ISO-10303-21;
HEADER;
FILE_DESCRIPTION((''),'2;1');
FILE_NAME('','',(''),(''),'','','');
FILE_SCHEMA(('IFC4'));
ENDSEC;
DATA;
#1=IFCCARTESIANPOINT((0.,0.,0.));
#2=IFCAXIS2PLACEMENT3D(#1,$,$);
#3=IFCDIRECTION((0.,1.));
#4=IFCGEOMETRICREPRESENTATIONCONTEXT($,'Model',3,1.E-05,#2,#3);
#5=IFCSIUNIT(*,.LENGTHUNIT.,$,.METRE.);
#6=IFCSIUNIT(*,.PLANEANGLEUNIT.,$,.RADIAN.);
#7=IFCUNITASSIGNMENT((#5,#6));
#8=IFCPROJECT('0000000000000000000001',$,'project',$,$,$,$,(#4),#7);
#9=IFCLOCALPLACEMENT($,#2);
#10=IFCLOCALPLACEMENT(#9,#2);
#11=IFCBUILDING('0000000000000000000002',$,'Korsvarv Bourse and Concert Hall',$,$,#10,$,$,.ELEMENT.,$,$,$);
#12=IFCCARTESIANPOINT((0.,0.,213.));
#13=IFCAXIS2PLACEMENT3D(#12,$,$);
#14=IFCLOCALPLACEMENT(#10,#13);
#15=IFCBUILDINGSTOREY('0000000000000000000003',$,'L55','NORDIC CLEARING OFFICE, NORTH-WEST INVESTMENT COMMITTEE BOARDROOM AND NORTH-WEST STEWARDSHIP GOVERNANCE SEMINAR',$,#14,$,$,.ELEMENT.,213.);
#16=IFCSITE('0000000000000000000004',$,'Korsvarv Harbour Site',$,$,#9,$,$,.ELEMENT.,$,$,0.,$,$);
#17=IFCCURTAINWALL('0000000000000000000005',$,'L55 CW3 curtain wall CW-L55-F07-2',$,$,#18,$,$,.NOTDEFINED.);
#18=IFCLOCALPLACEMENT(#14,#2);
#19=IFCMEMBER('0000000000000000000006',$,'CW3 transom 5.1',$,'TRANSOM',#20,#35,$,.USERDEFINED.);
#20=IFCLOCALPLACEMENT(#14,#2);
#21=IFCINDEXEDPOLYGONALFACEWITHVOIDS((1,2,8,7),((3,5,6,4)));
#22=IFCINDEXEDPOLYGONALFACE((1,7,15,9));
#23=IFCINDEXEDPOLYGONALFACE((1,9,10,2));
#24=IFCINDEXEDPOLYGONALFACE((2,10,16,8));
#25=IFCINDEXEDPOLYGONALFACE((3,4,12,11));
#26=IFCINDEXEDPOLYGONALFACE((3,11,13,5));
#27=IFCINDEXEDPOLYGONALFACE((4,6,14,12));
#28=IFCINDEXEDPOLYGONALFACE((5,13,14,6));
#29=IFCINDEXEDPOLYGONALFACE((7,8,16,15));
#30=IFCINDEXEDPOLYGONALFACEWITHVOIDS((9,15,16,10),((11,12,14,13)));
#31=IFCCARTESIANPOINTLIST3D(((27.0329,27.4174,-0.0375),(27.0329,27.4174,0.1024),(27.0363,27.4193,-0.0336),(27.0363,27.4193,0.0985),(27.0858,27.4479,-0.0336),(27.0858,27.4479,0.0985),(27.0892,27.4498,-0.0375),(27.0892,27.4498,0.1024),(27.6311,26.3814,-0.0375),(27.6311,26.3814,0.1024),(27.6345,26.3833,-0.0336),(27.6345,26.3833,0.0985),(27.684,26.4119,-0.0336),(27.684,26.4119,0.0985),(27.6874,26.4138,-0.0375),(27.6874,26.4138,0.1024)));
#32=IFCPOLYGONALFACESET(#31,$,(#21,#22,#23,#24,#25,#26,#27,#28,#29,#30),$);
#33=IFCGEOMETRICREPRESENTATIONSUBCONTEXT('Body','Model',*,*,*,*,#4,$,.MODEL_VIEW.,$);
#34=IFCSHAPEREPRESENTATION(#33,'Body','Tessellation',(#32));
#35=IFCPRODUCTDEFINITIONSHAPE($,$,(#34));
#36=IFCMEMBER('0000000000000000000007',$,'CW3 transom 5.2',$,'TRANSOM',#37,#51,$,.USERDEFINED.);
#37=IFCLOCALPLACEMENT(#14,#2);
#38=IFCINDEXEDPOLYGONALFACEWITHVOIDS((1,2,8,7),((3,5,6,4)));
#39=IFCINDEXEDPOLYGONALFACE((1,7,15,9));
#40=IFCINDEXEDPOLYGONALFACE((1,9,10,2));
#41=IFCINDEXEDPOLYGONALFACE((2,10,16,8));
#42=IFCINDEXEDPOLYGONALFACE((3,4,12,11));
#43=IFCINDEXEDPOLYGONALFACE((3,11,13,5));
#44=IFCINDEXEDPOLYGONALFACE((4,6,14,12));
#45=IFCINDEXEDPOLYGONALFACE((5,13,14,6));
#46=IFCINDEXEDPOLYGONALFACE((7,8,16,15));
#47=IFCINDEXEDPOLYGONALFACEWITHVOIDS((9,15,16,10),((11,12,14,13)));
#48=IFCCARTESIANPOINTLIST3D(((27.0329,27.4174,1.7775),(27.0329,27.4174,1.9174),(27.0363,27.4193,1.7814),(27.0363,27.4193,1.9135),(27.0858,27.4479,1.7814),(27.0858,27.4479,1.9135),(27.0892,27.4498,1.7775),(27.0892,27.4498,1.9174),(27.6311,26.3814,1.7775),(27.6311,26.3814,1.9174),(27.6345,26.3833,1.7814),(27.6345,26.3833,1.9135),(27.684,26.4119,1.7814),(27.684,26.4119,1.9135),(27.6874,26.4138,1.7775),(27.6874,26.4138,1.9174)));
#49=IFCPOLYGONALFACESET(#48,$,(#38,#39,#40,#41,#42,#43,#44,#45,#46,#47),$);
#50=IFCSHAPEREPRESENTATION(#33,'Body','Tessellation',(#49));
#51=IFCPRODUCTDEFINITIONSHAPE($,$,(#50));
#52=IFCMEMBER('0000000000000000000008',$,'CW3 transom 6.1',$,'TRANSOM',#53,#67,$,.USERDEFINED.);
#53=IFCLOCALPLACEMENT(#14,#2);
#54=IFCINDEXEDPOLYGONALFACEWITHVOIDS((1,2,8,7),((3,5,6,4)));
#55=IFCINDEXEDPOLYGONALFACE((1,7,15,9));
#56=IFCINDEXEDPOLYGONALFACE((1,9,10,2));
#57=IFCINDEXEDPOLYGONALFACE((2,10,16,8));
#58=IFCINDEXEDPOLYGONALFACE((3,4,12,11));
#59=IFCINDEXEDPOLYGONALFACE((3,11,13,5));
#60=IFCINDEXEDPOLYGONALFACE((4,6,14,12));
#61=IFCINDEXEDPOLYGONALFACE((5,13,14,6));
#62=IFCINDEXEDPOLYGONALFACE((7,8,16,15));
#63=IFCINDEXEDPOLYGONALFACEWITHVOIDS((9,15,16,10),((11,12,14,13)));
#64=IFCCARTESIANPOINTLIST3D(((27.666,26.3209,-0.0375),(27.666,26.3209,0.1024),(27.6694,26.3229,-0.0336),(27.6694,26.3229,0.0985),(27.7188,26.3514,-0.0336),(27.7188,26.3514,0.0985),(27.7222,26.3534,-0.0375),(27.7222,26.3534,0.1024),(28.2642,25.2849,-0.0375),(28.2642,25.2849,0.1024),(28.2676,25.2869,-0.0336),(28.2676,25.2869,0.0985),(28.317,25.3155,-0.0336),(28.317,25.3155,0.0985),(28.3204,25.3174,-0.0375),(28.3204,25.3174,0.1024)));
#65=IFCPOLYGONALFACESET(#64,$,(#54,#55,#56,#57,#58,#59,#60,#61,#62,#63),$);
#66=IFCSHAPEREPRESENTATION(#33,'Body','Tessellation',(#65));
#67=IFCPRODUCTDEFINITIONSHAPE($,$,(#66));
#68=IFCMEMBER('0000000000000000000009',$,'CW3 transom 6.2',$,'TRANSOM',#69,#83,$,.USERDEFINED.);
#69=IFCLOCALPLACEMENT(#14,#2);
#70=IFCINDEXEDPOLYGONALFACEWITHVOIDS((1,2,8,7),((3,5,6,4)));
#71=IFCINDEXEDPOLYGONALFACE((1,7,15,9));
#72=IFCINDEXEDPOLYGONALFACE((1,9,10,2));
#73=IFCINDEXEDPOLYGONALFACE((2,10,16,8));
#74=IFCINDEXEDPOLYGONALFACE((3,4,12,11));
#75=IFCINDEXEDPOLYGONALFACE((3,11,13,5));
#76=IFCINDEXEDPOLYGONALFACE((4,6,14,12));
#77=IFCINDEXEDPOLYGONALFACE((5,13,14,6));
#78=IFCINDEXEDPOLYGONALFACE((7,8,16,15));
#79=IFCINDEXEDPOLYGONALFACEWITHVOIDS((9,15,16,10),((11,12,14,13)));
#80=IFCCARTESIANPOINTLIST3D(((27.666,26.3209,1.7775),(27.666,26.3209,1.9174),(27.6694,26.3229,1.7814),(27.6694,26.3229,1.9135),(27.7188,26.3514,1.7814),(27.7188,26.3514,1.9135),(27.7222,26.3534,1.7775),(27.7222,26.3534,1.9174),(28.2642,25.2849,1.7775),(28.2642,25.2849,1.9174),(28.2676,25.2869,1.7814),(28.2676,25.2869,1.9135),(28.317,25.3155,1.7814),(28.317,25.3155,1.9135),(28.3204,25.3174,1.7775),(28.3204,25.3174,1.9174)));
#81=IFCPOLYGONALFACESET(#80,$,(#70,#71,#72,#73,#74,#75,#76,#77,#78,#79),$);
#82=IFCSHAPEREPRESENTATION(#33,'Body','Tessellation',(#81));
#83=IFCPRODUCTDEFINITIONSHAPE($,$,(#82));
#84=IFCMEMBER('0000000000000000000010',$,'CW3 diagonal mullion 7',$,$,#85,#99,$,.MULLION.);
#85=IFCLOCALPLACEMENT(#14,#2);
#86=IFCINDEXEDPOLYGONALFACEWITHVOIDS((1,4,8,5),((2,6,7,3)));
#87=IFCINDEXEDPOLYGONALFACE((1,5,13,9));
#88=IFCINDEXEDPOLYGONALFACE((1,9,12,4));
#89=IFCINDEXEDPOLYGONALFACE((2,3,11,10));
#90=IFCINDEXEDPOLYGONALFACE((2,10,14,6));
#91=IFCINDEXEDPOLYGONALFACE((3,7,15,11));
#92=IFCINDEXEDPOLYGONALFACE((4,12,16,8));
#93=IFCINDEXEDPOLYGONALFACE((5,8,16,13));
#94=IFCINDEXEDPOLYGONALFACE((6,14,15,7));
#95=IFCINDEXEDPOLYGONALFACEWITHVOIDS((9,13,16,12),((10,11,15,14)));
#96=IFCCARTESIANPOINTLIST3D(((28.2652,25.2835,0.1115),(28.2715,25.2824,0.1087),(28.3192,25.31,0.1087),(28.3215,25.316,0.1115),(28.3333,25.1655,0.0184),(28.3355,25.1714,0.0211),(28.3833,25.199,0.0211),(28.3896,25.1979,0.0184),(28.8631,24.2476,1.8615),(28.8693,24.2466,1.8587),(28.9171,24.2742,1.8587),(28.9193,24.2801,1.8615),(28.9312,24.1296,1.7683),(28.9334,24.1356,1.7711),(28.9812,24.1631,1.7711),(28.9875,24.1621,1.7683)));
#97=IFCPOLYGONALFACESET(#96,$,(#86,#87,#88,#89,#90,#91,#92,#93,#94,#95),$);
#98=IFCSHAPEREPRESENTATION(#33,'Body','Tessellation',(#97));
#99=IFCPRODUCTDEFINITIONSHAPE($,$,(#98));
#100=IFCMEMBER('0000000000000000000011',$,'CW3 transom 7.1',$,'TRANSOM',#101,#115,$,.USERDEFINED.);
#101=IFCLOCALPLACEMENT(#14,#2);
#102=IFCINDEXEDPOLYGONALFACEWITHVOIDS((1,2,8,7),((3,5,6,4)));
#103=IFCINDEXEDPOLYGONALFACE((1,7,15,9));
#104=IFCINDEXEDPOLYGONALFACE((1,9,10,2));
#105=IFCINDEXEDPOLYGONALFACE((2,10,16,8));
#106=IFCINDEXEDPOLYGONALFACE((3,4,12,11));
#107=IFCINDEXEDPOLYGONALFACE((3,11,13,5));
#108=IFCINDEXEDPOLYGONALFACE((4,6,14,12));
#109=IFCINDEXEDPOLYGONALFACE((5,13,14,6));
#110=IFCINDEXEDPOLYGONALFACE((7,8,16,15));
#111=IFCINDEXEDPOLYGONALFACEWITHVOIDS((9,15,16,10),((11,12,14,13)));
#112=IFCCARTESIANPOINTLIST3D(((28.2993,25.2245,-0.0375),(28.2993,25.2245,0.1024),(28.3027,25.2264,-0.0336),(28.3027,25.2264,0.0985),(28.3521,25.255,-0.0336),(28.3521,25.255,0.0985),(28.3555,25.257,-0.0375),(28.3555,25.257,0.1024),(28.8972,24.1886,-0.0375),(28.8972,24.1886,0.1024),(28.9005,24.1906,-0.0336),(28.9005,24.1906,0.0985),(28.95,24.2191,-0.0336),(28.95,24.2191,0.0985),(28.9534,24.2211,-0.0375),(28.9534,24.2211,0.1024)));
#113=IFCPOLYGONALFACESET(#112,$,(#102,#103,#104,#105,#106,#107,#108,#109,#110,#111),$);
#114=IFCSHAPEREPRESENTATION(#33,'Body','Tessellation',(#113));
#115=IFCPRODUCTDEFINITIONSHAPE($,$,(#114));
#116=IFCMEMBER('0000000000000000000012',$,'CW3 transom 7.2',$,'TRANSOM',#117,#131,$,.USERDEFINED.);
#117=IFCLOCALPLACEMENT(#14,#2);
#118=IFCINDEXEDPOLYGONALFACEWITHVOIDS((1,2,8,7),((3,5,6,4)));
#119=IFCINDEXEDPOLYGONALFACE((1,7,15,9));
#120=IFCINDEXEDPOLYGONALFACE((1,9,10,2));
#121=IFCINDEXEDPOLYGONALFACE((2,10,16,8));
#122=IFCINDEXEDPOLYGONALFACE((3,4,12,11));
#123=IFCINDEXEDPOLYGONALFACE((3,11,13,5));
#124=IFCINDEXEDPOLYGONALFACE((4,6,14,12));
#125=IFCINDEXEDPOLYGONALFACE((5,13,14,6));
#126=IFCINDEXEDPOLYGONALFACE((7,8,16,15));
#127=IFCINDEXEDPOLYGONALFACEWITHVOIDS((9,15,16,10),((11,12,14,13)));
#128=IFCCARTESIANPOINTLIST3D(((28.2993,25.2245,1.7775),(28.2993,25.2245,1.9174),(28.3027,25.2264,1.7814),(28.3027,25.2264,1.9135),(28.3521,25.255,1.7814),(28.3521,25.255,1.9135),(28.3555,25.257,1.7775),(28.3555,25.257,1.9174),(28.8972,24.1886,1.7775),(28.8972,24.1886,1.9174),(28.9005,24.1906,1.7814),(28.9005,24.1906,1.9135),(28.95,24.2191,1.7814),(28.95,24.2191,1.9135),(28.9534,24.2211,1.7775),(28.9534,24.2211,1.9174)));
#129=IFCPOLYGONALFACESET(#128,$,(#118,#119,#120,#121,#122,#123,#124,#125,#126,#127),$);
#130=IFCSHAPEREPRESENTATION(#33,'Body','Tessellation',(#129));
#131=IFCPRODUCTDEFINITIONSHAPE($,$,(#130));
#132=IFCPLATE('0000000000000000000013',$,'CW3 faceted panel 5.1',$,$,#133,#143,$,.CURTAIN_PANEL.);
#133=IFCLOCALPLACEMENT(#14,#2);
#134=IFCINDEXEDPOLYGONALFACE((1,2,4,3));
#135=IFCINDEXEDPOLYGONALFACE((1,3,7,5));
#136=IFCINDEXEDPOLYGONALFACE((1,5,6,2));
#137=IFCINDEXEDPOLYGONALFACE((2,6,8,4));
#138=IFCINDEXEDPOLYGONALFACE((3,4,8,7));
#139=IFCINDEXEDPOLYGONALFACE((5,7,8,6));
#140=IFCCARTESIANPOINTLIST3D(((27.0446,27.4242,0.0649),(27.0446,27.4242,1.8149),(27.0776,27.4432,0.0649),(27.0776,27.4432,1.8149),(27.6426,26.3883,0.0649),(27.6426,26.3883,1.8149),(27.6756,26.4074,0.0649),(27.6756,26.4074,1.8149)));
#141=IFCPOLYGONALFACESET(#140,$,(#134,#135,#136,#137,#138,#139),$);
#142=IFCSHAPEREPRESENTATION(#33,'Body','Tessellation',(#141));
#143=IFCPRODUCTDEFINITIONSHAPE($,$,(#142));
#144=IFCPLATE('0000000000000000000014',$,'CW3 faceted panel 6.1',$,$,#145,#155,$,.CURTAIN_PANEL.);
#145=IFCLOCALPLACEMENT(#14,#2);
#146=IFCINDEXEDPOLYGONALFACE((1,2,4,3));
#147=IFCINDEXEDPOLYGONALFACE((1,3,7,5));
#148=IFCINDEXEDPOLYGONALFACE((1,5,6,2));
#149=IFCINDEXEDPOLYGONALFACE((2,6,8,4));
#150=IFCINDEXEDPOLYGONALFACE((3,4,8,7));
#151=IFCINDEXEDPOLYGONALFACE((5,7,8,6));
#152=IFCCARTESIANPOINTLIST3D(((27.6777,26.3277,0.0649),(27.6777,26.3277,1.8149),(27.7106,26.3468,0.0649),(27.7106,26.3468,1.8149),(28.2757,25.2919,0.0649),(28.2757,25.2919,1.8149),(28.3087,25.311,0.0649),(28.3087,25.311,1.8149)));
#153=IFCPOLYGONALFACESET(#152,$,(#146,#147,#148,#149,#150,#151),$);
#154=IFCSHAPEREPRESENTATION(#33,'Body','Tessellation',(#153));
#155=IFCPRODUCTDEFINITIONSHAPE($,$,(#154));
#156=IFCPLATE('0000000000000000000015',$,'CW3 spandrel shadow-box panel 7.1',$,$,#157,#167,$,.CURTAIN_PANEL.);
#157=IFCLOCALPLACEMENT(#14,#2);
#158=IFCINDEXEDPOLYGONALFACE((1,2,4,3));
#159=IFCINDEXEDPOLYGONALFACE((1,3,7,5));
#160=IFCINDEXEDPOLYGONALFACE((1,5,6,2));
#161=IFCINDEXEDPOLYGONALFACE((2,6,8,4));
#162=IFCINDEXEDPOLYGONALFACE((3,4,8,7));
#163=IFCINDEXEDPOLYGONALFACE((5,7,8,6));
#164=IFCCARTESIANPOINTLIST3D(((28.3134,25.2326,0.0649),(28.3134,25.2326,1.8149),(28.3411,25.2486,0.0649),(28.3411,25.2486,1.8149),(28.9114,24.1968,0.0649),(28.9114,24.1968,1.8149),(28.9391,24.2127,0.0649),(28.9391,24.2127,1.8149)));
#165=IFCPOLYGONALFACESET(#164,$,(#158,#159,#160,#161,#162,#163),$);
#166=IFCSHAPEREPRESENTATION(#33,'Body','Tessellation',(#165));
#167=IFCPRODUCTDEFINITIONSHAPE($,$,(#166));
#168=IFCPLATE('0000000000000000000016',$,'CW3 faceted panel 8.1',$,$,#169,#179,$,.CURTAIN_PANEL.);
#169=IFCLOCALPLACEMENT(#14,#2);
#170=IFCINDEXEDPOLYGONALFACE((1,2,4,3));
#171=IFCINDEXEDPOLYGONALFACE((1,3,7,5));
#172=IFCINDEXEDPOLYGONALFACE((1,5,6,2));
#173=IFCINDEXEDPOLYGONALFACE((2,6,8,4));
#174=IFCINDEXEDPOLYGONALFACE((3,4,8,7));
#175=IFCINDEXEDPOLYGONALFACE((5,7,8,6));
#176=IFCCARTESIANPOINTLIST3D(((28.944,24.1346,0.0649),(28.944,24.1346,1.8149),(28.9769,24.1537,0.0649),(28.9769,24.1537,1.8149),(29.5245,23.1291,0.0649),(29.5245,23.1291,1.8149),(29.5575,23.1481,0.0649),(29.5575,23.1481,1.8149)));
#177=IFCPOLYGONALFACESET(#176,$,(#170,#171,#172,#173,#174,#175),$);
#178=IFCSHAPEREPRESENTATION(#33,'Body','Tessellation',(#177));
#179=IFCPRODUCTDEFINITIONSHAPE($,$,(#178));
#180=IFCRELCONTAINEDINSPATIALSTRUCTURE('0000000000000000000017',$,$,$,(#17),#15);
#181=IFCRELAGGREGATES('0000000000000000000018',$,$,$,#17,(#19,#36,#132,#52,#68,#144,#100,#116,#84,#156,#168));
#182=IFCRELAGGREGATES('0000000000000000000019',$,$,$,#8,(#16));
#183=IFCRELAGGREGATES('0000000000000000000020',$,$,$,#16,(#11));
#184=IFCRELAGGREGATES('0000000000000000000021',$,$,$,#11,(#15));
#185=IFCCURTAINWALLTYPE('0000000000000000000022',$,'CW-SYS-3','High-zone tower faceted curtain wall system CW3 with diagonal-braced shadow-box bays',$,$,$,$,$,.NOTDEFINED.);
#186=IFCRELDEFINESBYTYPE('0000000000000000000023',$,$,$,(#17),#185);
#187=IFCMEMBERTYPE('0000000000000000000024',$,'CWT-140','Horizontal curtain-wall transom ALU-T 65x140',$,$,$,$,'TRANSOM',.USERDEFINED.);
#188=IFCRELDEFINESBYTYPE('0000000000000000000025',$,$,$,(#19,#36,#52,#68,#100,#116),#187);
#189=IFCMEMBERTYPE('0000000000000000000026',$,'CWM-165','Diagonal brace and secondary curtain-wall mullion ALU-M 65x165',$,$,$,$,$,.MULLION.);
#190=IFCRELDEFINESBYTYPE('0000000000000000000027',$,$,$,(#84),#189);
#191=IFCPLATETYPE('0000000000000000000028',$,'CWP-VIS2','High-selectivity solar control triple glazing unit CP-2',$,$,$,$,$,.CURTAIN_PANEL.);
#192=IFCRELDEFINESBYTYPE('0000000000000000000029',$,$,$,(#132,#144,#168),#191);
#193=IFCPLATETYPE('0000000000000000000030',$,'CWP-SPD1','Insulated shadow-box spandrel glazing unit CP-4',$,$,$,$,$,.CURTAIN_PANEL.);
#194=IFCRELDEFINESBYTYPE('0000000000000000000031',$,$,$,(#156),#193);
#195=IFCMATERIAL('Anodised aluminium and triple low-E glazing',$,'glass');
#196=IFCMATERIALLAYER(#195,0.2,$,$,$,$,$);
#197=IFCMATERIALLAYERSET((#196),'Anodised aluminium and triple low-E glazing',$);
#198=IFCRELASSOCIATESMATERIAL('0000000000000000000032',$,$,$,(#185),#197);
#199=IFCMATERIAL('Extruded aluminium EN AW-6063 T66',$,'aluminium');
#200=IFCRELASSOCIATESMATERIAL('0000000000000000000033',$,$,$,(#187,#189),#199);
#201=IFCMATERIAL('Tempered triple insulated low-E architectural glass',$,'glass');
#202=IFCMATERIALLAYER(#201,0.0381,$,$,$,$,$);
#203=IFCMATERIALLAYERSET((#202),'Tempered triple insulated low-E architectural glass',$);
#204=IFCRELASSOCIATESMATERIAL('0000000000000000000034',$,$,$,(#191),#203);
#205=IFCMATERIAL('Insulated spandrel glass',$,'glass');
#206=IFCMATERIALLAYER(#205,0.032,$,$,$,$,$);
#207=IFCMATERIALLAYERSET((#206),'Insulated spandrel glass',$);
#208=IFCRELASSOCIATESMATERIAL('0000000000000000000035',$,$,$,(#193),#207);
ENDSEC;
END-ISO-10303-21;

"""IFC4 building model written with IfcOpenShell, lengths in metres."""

from ifc_helpers import new_model, si_unit, direction, frame, origin, origin_2d, place, context, subcontext, project, spatial, rectangle, hollow_rectangle, extrude, source, transform, mapped, material, layer, layer_set, material_profile, profile_set, type_object, element, aggregate, save


model = new_model("IFC4")

# Units and contexts
model_context = context("Model", 3, precision=1e-05, world=origin(), true_north=direction((0.0, 1.0)))
body_context = subcontext(model_context, "Body", "Model", "MODEL_VIEW")
ifc_project = project(units=[si_unit("LENGTHUNIT", "METRE"), si_unit("PLANEANGLEUNIT", "RADIAN")], contexts=[model_context])

# Site, building, storey
site_placement = place(None, origin())
site = spatial("IfcSite", under=ifc_project, at=site_placement, Name="Korsvarv Harbour Site", CompositionType="ELEMENT", RefElevation=0.0)
building_placement = place(site_placement, origin())
building = spatial("IfcBuilding", under=site, at=building_placement, Name="Korsvarv Bourse and Concert Hall", CompositionType="ELEMENT")
storey_placement = place(building_placement, frame((0.0, 0.0, 213.0)))
storey = spatial("IfcBuildingStorey", under=building, at=storey_placement, Name="L55", Description="NORDIC CLEARING OFFICE, NORTH-WEST INVESTMENT COMMITTEE BOARDROOM AND NORTH-WEST STEWARDSHIP GOVERNANCE SEMINAR", CompositionType="ELEMENT", Elevation=213.0)

# Curtain wall, members, plates
ifc_material_1 = material(Name="Anodised aluminium and triple low-E glazing", Category="glass")
ifc_layer_1 = layer(ifc_material_1, 0.2)
ifc_layer_set_1 = layer_set([ifc_layer_1], Name="Anodised aluminium and triple low-E glazing")
curtain_wall_type = type_object("IfcCurtainWallType", Name="CW-SYS-3", Description="High-zone tower faceted curtain wall system CW3 with diagonal-braced shadow-box bays", PredefinedType="NOTDEFINED", material=ifc_layer_set_1)
curtain_wall_placement = place(storey_placement, origin())
curtain_wall = element("IfcCurtainWall", 1, at=curtain_wall_placement, inside=storey, type_object=curtain_wall_type, Name="L55 CW3 curtain wall CW-L55-F07-2", PredefinedType="NOTDEFINED")
ifc_material_2 = material(Name="Extruded aluminium EN AW-6063 T66", Category="aluminium")
ifc_material_profile_1 = material_profile(ifc_material_2, hollow_rectangle(XDim=0.0649, YDim=0.1399, WallThickness=0.0039, at=origin_2d()), Name="ALU-T 65x140")
ifc_profile_set_1 = profile_set([ifc_material_profile_1], Name="Extruded aluminium EN AW-6063 T66")
member_type_1 = type_object("IfcMemberType", Name="CWT-140", Description="Horizontal curtain-wall transom ALU-T 65x140", ElementType="TRANSOM", PredefinedType="USERDEFINED", material=ifc_profile_set_1)
shared_shape_1 = source(origin(), body_context, "Body", "SweptSolid", [
    extrude(hollow_rectangle(XDim=0.0649, YDim=0.1399, WallThickness=0.0039, at=origin_2d()), origin(), (0.0, 0.0, 1.0), 1.1963),
])
member_1_placement = place(storey_placement, frame((27.061, 27.4336, 0.0325), z_axis=(0.500046, -0.865999, 0.0), x_axis=(0.865999, 0.500046, 0.0)))
member_1 = element("IfcMember", 2, at=member_1_placement, type_object=member_type_1, Name="CW3 transom 5.1", ObjectType="TRANSOM", PredefinedType="USERDEFINED", context=body_context, shape_type="MappedRepresentation", body=[
    mapped(shared_shape_1, transform((0.0, 0.0, 0.0), scale=1.0)),
])
member_2_placement = place(storey_placement, frame((27.061, 27.4336, 1.8474), z_axis=(0.500046, -0.865999, 0.0), x_axis=(0.865999, 0.500046, 0.0)))
member_2 = element("IfcMember", 3, at=member_2_placement, type_object=member_type_1, Name="CW3 transom 5.2", ObjectType="TRANSOM", PredefinedType="USERDEFINED", context=body_context, shape_type="MappedRepresentation", body=[
    mapped(shared_shape_1, transform((0.0, 0.0, 0.0), scale=1.0)),
])
member_3_placement = place(storey_placement, frame((27.6941, 26.3372, 0.0325), z_axis=(0.500046, -0.865999, 0.0), x_axis=(0.865999, 0.500046, 0.0)))
member_3 = element("IfcMember", 4, at=member_3_placement, type_object=member_type_1, Name="CW3 transom 6.1", ObjectType="TRANSOM", PredefinedType="USERDEFINED", context=body_context, shape_type="MappedRepresentation", body=[
    mapped(shared_shape_1, transform((0.0, 0.0, 0.0), scale=1.0)),
])
member_4_placement = place(storey_placement, frame((27.6941, 26.3372, 1.8474), z_axis=(0.500046, -0.865999, 0.0), x_axis=(0.865999, 0.500046, 0.0)))
member_4 = element("IfcMember", 5, at=member_4_placement, type_object=member_type_1, Name="CW3 transom 6.2", ObjectType="TRANSOM", PredefinedType="USERDEFINED", context=body_context, shape_type="MappedRepresentation", body=[
    mapped(shared_shape_1, transform((0.0, 0.0, 0.0), scale=1.0)),
])
ifc_material_profile_2 = material_profile(ifc_material_2, hollow_rectangle(XDim=0.0649, YDim=0.165, WallThickness=0.0049, at=origin_2d()), Name="ALU-M 65x165")
ifc_profile_set_2 = profile_set([ifc_material_profile_2], Name="Extruded aluminium EN AW-6063 T66")
member_type_2 = type_object("IfcMemberType", Name="CWM-165", Description="Diagonal brace and secondary curtain-wall mullion ALU-M 65x165", PredefinedType="MULLION", material=ifc_profile_set_2)
shared_shape_2 = source(origin(), body_context, "Body", "SweptSolid", [
    extrude(hollow_rectangle(XDim=0.0649, YDim=0.165, WallThickness=0.0049, at=origin_2d()), origin(), (0.0, 0.0, 1.0), 2.1196),
])
member_5_placement = place(storey_placement, frame((28.3274, 25.2407, 0.0649), z_axis=(0.282071, -0.4887, 0.825596), x_axis=(0.866087, 0.499893, 0.0)))
member_5 = element("IfcMember", 6, at=member_5_placement, type_object=member_type_2, Name="CW3 diagonal mullion 7", PredefinedType="MULLION", context=body_context, shape_type="MappedRepresentation", body=[
    mapped(shared_shape_2, transform((0.0, 0.0, 0.0), scale=1.0)),
])
shared_shape_3 = source(origin(), body_context, "Body", "SweptSolid", [
    extrude(hollow_rectangle(XDim=0.0649, YDim=0.1399, WallThickness=0.0039, at=origin_2d()), origin(), (0.0, 0.0, 1.0), 1.196),
])
member_6_placement = place(storey_placement, frame((28.3274, 25.2407, 0.0325), z_axis=(0.499893, -0.866087, 0.0), x_axis=(0.866087, 0.499893, 0.0)))
member_6 = element("IfcMember", 7, at=member_6_placement, type_object=member_type_1, Name="CW3 transom 7.1", ObjectType="TRANSOM", PredefinedType="USERDEFINED", context=body_context, shape_type="MappedRepresentation", body=[
    mapped(shared_shape_3, transform((0.0, 0.0, 0.0), scale=1.0)),
])
member_7_placement = place(storey_placement, frame((28.3274, 25.2407, 1.8474), z_axis=(0.499893, -0.866087, 0.0), x_axis=(0.866087, 0.499893, 0.0)))
member_7 = element("IfcMember", 8, at=member_7_placement, type_object=member_type_1, Name="CW3 transom 7.2", ObjectType="TRANSOM", PredefinedType="USERDEFINED", context=body_context, shape_type="MappedRepresentation", body=[
    mapped(shared_shape_3, transform((0.0, 0.0, 0.0), scale=1.0)),
])
ifc_material_3 = material(Name="Tempered triple insulated low-E architectural glass", Category="glass")
ifc_layer_2 = layer(ifc_material_3, 0.0381)
ifc_layer_set_2 = layer_set([ifc_layer_2], Name="Tempered triple insulated low-E architectural glass")
plate_type_1 = type_object("IfcPlateType", Name="CWP-VIS2", Description="High-selectivity solar control triple glazing unit CP-2", PredefinedType="CURTAIN_PANEL", material=ifc_layer_set_2)
shared_shape_4 = source(origin(), body_context, "Body", "SweptSolid", [
    extrude(rectangle(XDim=1.196, YDim=0.0381, at=origin_2d()), origin(), (0.0, 0.0, 1.0), 1.75),
])
plate_1_placement = place(storey_placement, frame((27.3601, 26.9158, 0.0649), z_axis=(0.0, 0.0, 1.0), x_axis=(0.499999, -0.866026, 0.0)))
plate_1 = element("IfcPlate", 9, at=plate_1_placement, type_object=plate_type_1, Name="CW3 faceted panel 5.1", PredefinedType="CURTAIN_PANEL", context=body_context, shape_type="MappedRepresentation", body=[
    mapped(shared_shape_4, transform((0.0, 0.0, 0.0), scale=1.0)),
])
plate_2_placement = place(storey_placement, frame((27.9932, 25.8193, 0.0649), z_axis=(0.0, 0.0, 1.0), x_axis=(0.499999, -0.866026, 0.0)))
plate_2 = element("IfcPlate", 10, at=plate_2_placement, type_object=plate_type_1, Name="CW3 faceted panel 6.1", PredefinedType="CURTAIN_PANEL", context=body_context, shape_type="MappedRepresentation", body=[
    mapped(shared_shape_4, transform((0.0, 0.0, 0.0), scale=1.0)),
])
ifc_material_4 = material(Name="Insulated spandrel glass", Category="glass")
ifc_layer_3 = layer(ifc_material_4, 0.032)
ifc_layer_set_3 = layer_set([ifc_layer_3], Name="Insulated spandrel glass")
plate_type_2 = type_object("IfcPlateType", Name="CWP-SPD1", Description="Insulated shadow-box spandrel glazing unit CP-4", PredefinedType="CURTAIN_PANEL", material=ifc_layer_set_3)
shared_shape_5 = source(origin(), body_context, "Body", "SweptSolid", [
    extrude(rectangle(XDim=1.196, YDim=0.032, at=origin_2d()), origin(), (0.0, 0.0, 1.0), 1.75),
])
plate_3_placement = place(storey_placement, frame((28.6262, 24.7227, 0.0649), z_axis=(0.0, 0.0, 1.0), x_axis=(0.499999, -0.866026, 0.0)))
plate_3 = element("IfcPlate", 11, at=plate_3_placement, type_object=plate_type_2, Name="CW3 spandrel shadow-box panel 7.1", PredefinedType="CURTAIN_PANEL", context=body_context, shape_type="MappedRepresentation", body=[
    mapped(shared_shape_5, transform((0.0, 0.0, 0.0), scale=1.0)),
])
shared_shape_6 = source(origin(), body_context, "Body", "SweptSolid", [
    extrude(rectangle(XDim=1.1611, YDim=0.0381, at=origin_2d()), origin(), (0.0, 0.0, 1.0), 1.75),
])
plate_4_placement = place(storey_placement, frame((29.2507, 23.6414, 0.0649), z_axis=(0.0, 0.0, 1.0), x_axis=(0.499999, -0.866026, 0.0)))
plate_4 = element("IfcPlate", 12, at=plate_4_placement, type_object=plate_type_1, Name="CW3 faceted panel 8.1", PredefinedType="CURTAIN_PANEL", context=body_context, shape_type="MappedRepresentation", body=[
    mapped(shared_shape_6, transform((0.0, 0.0, 0.0), scale=1.0)),
])
aggregate(curtain_wall, [member_1, member_2, plate_1, member_3, member_4, plate_2, member_6, member_7, member_5, plate_3, plate_4])

save(model, "model.ifc")
